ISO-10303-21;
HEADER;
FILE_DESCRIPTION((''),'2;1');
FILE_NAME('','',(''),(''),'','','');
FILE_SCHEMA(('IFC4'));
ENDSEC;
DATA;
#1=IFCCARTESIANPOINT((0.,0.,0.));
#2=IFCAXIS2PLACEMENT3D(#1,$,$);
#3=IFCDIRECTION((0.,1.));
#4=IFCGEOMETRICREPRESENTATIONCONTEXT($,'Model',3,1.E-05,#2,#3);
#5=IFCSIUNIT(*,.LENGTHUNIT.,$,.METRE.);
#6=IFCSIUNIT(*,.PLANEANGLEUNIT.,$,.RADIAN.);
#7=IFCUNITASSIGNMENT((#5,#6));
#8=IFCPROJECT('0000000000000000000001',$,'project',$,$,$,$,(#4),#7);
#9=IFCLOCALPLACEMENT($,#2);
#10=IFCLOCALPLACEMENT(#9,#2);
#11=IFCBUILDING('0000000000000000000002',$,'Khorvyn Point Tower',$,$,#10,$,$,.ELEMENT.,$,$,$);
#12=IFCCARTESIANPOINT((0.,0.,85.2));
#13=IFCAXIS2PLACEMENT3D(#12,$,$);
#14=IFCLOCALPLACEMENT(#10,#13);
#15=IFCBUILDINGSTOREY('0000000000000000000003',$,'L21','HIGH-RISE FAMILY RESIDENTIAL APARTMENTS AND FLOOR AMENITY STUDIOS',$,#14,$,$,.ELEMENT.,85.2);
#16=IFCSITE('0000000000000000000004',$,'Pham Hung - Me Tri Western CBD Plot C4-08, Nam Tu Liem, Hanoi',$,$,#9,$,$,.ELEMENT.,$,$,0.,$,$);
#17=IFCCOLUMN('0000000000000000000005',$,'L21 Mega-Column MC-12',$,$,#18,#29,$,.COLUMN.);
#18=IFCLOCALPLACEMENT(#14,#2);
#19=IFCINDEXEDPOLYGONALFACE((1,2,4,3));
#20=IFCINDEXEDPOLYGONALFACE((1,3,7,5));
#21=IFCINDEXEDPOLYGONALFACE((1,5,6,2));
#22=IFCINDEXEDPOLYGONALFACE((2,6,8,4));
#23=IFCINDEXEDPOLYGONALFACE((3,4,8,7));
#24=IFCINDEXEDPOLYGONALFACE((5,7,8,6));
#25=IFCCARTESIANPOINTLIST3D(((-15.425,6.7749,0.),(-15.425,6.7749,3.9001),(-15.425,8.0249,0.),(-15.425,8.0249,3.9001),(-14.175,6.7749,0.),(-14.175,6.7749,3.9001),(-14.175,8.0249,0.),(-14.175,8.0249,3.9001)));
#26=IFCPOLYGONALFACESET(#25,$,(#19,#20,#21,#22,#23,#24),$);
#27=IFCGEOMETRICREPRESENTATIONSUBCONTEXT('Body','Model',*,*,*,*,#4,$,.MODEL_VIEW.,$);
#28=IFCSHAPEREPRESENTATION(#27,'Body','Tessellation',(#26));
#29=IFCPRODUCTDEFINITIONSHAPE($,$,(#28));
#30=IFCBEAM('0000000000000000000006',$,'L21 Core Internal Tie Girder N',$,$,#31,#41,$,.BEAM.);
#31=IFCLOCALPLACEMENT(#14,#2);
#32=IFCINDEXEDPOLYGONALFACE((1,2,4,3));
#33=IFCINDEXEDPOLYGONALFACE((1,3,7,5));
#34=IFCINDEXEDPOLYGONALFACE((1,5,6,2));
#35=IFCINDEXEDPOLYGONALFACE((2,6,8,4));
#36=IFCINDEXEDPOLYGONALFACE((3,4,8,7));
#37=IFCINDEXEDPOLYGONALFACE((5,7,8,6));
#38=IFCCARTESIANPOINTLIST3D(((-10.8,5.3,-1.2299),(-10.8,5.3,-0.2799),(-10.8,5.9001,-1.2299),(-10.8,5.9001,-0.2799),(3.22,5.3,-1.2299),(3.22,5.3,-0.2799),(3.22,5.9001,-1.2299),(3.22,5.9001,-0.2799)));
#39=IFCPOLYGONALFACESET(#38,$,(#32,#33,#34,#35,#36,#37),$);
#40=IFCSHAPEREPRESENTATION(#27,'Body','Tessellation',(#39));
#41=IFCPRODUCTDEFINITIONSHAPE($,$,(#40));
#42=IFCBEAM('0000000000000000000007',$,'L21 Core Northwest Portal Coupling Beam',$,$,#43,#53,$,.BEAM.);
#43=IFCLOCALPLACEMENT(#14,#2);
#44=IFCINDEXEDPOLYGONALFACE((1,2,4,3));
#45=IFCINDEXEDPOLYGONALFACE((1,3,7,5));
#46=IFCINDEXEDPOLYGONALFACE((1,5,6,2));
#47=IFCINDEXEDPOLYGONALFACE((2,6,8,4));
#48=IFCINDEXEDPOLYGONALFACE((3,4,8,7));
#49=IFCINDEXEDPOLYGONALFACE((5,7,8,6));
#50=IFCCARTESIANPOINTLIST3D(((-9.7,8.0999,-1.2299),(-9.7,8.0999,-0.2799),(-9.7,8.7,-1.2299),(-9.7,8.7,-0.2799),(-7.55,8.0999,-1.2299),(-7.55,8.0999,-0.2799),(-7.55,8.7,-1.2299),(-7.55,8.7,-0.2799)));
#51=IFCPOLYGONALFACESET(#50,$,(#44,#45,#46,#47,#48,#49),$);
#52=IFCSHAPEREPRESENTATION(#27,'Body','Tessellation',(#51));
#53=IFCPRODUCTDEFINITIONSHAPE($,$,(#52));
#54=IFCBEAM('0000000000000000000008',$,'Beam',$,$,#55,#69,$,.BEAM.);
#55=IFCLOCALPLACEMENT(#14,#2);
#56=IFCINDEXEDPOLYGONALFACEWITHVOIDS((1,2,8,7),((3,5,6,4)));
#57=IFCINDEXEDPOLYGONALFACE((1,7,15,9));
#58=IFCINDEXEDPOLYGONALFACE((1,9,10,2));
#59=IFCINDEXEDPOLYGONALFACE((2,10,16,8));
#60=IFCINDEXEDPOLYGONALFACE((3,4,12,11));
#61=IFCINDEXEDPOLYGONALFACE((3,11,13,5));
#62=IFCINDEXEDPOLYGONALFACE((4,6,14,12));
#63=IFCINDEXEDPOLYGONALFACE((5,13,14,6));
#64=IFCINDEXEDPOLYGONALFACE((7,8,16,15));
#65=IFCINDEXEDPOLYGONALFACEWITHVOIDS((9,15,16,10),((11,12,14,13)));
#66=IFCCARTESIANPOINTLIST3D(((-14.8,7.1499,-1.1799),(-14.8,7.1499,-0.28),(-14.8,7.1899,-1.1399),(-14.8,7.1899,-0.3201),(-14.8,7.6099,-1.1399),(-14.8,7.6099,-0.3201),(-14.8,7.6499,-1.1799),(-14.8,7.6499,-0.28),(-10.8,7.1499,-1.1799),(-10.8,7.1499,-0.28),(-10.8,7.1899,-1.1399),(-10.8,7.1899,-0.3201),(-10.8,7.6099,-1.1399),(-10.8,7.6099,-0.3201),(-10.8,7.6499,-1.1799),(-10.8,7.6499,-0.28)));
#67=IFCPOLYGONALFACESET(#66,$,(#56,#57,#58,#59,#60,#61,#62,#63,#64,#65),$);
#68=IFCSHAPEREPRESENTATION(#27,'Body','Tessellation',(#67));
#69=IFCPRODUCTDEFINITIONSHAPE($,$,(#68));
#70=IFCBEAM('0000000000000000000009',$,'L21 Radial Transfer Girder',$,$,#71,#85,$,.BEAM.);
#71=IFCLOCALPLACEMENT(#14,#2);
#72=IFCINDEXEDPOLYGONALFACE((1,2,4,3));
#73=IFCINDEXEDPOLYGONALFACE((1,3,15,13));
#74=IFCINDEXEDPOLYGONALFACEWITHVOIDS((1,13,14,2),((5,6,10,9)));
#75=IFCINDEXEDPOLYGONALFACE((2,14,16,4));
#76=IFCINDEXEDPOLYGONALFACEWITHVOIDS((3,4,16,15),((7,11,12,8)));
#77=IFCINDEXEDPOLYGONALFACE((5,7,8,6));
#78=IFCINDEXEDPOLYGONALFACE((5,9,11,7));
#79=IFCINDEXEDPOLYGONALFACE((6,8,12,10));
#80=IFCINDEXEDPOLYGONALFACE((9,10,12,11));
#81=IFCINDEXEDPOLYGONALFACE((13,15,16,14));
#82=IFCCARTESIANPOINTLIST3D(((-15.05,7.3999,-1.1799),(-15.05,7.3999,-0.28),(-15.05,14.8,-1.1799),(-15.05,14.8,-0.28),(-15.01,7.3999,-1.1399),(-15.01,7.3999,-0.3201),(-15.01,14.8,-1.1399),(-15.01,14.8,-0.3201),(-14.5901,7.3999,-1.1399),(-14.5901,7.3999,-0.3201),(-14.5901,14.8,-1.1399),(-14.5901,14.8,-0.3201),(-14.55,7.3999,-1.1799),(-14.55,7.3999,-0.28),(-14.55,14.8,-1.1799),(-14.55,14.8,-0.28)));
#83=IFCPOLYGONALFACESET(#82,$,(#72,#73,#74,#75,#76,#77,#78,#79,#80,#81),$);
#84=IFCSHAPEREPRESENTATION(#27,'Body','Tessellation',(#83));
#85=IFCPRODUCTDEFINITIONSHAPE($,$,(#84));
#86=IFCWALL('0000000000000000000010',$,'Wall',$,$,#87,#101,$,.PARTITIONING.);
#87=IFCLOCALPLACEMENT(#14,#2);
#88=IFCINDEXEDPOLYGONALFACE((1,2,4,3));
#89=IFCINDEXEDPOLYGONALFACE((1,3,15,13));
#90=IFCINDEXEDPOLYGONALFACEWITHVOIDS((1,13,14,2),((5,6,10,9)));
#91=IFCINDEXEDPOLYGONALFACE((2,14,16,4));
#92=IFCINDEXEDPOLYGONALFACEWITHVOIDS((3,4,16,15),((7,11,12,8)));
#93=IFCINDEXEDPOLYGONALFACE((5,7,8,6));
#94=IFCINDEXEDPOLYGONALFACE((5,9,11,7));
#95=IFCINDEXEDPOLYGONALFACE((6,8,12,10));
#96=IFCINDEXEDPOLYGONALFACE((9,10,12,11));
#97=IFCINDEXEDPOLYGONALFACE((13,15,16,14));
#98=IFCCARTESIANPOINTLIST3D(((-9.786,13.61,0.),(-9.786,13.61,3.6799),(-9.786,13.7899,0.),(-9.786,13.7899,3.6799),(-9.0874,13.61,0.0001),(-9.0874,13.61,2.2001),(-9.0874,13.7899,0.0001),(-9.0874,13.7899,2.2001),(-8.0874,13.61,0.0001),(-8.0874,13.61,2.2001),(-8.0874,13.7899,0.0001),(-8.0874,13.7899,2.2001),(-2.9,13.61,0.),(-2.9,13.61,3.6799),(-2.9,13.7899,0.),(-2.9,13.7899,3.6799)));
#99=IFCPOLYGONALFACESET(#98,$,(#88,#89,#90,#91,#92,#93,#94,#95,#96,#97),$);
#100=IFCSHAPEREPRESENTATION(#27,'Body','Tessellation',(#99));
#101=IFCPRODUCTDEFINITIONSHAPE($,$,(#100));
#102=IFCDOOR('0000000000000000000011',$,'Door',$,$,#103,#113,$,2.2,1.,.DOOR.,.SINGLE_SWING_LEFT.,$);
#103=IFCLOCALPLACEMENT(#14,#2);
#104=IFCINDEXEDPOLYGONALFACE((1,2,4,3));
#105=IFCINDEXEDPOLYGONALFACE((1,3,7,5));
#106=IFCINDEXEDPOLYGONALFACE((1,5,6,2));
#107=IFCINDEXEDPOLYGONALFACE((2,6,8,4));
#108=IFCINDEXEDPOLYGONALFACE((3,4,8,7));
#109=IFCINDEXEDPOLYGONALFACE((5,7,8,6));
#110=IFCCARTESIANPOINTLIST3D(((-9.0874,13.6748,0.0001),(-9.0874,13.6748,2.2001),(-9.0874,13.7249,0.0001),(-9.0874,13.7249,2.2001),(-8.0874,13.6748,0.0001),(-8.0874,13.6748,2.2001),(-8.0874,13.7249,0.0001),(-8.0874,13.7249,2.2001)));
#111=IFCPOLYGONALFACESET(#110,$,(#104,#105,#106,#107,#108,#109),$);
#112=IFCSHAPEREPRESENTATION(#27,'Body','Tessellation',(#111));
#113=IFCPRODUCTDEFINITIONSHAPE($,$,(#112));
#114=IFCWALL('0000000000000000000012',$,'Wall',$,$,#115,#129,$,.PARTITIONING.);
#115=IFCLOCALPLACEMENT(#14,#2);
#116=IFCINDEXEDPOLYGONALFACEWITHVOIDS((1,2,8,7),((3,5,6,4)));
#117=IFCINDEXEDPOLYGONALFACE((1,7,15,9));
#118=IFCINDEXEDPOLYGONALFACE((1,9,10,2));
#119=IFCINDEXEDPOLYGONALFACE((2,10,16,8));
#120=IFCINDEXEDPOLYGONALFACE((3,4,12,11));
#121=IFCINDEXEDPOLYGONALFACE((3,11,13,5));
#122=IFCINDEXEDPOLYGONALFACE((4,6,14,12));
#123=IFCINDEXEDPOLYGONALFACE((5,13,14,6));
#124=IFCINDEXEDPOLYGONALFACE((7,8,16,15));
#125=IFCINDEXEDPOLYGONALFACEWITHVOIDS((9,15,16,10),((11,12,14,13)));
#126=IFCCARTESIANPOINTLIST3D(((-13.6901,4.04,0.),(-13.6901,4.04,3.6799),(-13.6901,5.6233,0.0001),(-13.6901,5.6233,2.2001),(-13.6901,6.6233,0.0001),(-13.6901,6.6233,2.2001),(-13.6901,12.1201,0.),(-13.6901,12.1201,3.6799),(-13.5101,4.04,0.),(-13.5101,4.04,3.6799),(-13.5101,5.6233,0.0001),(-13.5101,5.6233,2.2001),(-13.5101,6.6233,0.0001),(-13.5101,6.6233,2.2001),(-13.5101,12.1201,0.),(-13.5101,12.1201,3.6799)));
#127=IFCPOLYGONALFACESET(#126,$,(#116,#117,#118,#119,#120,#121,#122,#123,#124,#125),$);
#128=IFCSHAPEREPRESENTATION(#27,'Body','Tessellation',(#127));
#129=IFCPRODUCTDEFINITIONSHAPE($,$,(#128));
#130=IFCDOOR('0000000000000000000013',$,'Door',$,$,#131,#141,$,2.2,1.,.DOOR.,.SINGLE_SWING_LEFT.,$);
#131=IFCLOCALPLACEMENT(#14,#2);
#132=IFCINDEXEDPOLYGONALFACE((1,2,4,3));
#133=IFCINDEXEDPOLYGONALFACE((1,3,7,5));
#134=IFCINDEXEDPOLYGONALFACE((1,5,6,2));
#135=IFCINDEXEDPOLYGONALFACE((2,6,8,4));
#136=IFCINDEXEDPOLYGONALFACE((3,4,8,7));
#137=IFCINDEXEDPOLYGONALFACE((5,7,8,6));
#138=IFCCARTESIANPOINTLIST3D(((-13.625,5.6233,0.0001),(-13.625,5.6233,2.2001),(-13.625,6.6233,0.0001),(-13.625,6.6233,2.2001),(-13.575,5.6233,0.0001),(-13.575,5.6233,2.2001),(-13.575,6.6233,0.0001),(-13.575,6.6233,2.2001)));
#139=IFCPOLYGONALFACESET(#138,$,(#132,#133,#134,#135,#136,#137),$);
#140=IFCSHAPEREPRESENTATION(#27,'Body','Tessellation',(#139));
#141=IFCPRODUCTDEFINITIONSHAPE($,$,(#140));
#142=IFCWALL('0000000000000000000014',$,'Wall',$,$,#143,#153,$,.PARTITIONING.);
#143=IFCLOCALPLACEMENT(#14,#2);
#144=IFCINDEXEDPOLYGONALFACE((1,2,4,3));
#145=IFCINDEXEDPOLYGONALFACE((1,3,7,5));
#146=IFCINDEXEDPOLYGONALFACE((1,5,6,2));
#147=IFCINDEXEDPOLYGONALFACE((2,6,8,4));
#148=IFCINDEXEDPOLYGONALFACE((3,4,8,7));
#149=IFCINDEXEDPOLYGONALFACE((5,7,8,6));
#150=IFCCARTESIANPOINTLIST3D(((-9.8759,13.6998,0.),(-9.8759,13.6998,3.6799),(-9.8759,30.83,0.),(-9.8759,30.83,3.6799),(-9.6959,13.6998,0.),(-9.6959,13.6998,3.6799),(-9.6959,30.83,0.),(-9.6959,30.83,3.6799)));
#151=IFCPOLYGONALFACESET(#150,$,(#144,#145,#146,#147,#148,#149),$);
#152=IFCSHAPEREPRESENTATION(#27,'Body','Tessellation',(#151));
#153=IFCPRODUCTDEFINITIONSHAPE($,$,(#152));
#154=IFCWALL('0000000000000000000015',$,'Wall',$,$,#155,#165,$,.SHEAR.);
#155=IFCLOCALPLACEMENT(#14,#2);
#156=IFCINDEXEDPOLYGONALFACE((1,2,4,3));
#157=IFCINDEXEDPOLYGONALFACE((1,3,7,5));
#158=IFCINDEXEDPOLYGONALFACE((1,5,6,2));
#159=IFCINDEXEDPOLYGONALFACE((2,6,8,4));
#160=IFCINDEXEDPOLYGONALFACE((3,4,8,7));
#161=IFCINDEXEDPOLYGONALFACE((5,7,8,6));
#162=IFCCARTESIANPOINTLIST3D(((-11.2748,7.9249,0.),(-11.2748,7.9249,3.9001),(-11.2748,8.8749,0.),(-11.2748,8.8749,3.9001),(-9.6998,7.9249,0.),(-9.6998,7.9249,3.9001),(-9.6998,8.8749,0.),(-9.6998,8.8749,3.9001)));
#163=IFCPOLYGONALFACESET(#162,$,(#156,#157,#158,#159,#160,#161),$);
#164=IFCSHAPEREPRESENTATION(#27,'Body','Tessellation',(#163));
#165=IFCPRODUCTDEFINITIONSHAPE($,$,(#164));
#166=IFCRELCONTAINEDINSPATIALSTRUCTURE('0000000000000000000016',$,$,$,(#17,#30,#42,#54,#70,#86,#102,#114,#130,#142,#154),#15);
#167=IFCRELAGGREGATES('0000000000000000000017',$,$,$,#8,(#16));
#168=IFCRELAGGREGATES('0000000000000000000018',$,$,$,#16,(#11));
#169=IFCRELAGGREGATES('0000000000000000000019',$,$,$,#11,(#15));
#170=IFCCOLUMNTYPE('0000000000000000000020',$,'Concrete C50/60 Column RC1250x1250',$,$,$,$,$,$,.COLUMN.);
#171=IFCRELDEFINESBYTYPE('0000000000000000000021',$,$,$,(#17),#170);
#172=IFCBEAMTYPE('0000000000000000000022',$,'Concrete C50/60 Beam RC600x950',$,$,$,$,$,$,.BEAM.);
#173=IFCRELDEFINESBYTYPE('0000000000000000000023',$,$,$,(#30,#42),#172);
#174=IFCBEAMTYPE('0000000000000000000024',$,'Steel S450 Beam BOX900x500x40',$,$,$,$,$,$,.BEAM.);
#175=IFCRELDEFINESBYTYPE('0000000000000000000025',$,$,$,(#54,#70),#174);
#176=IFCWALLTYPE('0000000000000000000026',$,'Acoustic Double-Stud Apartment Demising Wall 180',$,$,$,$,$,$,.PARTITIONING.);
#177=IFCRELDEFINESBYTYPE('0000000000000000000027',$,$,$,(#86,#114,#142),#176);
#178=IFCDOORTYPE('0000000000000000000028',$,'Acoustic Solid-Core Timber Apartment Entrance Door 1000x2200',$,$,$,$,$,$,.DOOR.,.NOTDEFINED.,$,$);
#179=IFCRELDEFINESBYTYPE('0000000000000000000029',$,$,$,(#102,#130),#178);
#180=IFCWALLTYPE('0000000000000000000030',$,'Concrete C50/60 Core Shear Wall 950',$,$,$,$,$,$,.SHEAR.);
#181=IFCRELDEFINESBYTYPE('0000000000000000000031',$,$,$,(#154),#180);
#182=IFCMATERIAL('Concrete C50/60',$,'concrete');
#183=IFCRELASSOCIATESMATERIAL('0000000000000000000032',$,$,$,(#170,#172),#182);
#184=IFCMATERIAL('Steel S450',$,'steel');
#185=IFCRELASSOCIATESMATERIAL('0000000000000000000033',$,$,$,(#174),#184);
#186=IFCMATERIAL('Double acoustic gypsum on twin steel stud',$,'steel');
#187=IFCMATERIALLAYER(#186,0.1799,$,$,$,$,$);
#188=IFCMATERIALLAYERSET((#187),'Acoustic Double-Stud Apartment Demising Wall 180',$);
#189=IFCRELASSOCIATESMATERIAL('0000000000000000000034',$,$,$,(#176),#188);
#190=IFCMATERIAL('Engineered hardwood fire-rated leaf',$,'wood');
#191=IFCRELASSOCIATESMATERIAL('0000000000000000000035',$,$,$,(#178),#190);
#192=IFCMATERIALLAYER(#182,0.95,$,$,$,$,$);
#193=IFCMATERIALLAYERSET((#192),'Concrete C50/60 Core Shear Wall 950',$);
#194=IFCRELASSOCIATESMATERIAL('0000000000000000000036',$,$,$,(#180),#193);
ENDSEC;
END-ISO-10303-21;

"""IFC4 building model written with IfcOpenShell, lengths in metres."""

from ifc_helpers import new_model, si_unit, direction, frame, frame_2d, origin, origin_2d, place, context, subcontext, project, spatial, rectangle, hollow_rectangle, extrude, material, layer, layer_set, material_profile, profile_set, type_object, element, fill, save


model = new_model("IFC4")

# Units and contexts
model_context = context("Model", 3, precision=1e-05, world=origin(), true_north=direction((0.0, 1.0)))
body_context = subcontext(model_context, "Body", "Model", "MODEL_VIEW")
ifc_project = project(units=[si_unit("LENGTHUNIT", "METRE"), si_unit("PLANEANGLEUNIT", "RADIAN")], contexts=[model_context])

# Site, building, storey
site_placement = place(None, origin())
site = spatial("IfcSite", under=ifc_project, at=site_placement, Name="Pham Hung - Me Tri Western CBD Plot C4-08, Nam Tu Liem, Hanoi", CompositionType="ELEMENT", RefElevation=0.0)
building_placement = place(site_placement, origin())
building = spatial("IfcBuilding", under=site, at=building_placement, Name="Khorvyn Point Tower", CompositionType="ELEMENT")
storey_placement = place(building_placement, frame((0.0, 0.0, 85.2)))
storey = spatial("IfcBuildingStorey", under=building, at=storey_placement, Name="L21", Description="HIGH-RISE FAMILY RESIDENTIAL APARTMENTS AND FLOOR AMENITY STUDIOS", CompositionType="ELEMENT", Elevation=85.2)

# Column
ifc_material_1 = material(Name="Concrete C50/60", Category="concrete")
ifc_material_profile_1 = material_profile(ifc_material_1, rectangle(XDim=1.25, YDim=1.25, at=origin_2d()))
ifc_profile_set_1 = profile_set([ifc_material_profile_1], Name="Concrete C50/60 RC1250x1250")
column_type = type_object("IfcColumnType", Name="Concrete C50/60 Column RC1250x1250", PredefinedType="COLUMN", material=ifc_profile_set_1)
column_placement = place(storey_placement, frame((-14.8, 7.3999, 0.0), z_axis=(0.0, 0.0, 1.0), x_axis=(1.0, 0.0, 0.0)))
element("IfcColumn", 1, at=column_placement, inside=storey, type_object=column_type, Name="L21 Mega-Column MC-12", PredefinedType="COLUMN", context=body_context, shape_type="SweptSolid", body=[
    extrude(rectangle(XDim=1.25, YDim=1.25, at=origin_2d()), origin(), (0.0, 0.0, 1.0), 3.9001),
])

# Beams
ifc_material_profile_2 = material_profile(ifc_material_1, rectangle(XDim=0.6001, YDim=0.95, at=origin_2d()))
ifc_profile_set_2 = profile_set([ifc_material_profile_2], Name="Concrete C50/60 RC600x950")
beam_type_1 = type_object("IfcBeamType", Name="Concrete C50/60 Beam RC600x950", PredefinedType="BEAM", material=ifc_profile_set_2)
beam_1_placement = place(storey_placement, frame((-10.8, 5.6001, -0.7549), z_axis=(1.0, 0.0, 0.0), x_axis=(0.0, 1.0, 0.0)))
element("IfcBeam", 2, at=beam_1_placement, inside=storey, type_object=beam_type_1, Name="L21 Core Internal Tie Girder N", PredefinedType="BEAM", context=body_context, shape_type="SweptSolid", body=[
    extrude(rectangle(XDim=0.6001, YDim=0.95, at=origin_2d()), origin(), (0.0, 0.0, 1.0), 14.02),
])
beam_2_placement = place(storey_placement, frame((-9.7, 8.3999, -0.7549), z_axis=(1.0, 0.0, 0.0), x_axis=(0.0, 1.0, 0.0)))
element("IfcBeam", 3, at=beam_2_placement, inside=storey, type_object=beam_type_1, Name="L21 Core Northwest Portal Coupling Beam", PredefinedType="BEAM", context=body_context, shape_type="SweptSolid", body=[
    extrude(rectangle(XDim=0.6001, YDim=0.95, at=origin_2d()), origin(), (0.0, 0.0, 1.0), 2.1499),
])
ifc_material_2 = material(Name="Steel S450", Category="steel")
ifc_material_profile_3 = material_profile(ifc_material_2, hollow_rectangle(XDim=0.5, YDim=0.8999, WallThickness=0.04, at=origin_2d()))
ifc_profile_set_3 = profile_set([ifc_material_profile_3], Name="Steel S450 BOX900x500x40")
beam_type_2 = type_object("IfcBeamType", Name="Steel S450 Beam BOX900x500x40", PredefinedType="BEAM", material=ifc_profile_set_3)
beam_3_placement = place(storey_placement, frame((-14.8, 7.3999, -0.73), z_axis=(1.0, 0.0, 0.0), x_axis=(0.0, 1.0, 0.0)))
element("IfcBeam", 4, at=beam_3_placement, inside=storey, type_object=beam_type_2, Name="Beam", PredefinedType="BEAM", context=body_context, shape_type="SweptSolid", body=[
    extrude(hollow_rectangle(XDim=0.5, YDim=0.8999, WallThickness=0.04, at=origin_2d()), origin(), (0.0, 0.0, 1.0), 4.0),
])
beam_4_placement = place(storey_placement, frame((-14.8, 7.3999, -0.73), z_axis=(0.0, 1.0, 0.0), x_axis=(-1.0, 0.0, 0.0)))
element("IfcBeam", 5, at=beam_4_placement, inside=storey, type_object=beam_type_2, Name="L21 Radial Transfer Girder", PredefinedType="BEAM", context=body_context, shape_type="SweptSolid", body=[
    extrude(hollow_rectangle(XDim=0.5, YDim=0.8999, WallThickness=0.04, at=origin_2d()), origin(), (0.0, 0.0, 1.0), 7.4001),
])

# Walls, openings, doors
ifc_material_3 = material(Name="Double acoustic gypsum on twin steel stud", Category="steel")
ifc_layer_1 = layer(ifc_material_3, 0.1799)
ifc_layer_set_1 = layer_set([ifc_layer_1], Name="Acoustic Double-Stud Apartment Demising Wall 180")
wall_type_1 = type_object("IfcWallType", Name="Acoustic Double-Stud Apartment Demising Wall 180", PredefinedType="PARTITIONING", material=ifc_layer_set_1)
wall_1_placement = place(storey_placement, frame((-9.7859, 13.7, 0.0), z_axis=(0.0, 0.0, 1.0), x_axis=(1.0, 0.0, 0.0)))
wall_1 = element("IfcWall", 6, at=wall_1_placement, inside=storey, type_object=wall_type_1, Name="Wall", PredefinedType="PARTITIONING", context=body_context, shape_type="SweptSolid", body=[
    extrude(rectangle(XDim=6.886, YDim=0.1799, at=frame_2d((3.4429, 0.0))), origin(), (0.0, 0.0, 1.0), 3.6799),
])
opening_1_placement = place(wall_1_placement, frame((0.6985, 0.0, 0.0)))
opening_1 = element("IfcOpeningElement", 7, at=opening_1_placement, cuts=wall_1, PredefinedType="OPENING", context=body_context, shape_type="SweptSolid", body=[
    extrude(rectangle(XDim=1.0, YDim=2.2, at=frame_2d((0.5, 1.1001))), frame((0.0, 0.0999, 0.0), z_axis=(0.0, -1.0, 0.0), x_axis=(1.0, 0.0, 0.0)), (0.0, 0.0, 1.0), 0.2),
])
ifc_material_4 = material(Name="Engineered hardwood fire-rated leaf", Category="wood")
door_type_1 = type_object("IfcDoorType", Name="Acoustic Solid-Core Timber Apartment Entrance Door 1000x2200", OperationType="NOTDEFINED", PredefinedType="DOOR", material=ifc_material_4)
door_1_placement = place(opening_1_placement, origin())
door_1 = element("IfcDoor", 8, at=door_1_placement, inside=storey, type_object=door_type_1, Name="Door", OperationType="SINGLE_SWING_LEFT", OverallHeight=2.2, OverallWidth=1.0, PredefinedType="DOOR", context=body_context, shape_type="SweptSolid", body=[
    extrude(rectangle(XDim=1.0, YDim=2.2, at=frame_2d((0.5, 1.1001))), frame((0.0, 0.0249, 0.0), z_axis=(0.0, -1.0, 0.0), x_axis=(1.0, 0.0, 0.0)), (0.0, 0.0, 1.0), 0.05),
])
fill(opening_1, door_1)
wall_2_placement = place(storey_placement, frame((-13.6001, 4.04, 0.0), z_axis=(0.0, 0.0, 1.0), x_axis=(0.0, 1.0, 0.0)))
wall_2 = element("IfcWall", 9, at=wall_2_placement, inside=storey, type_object=wall_type_1, Name="Wall", PredefinedType="PARTITIONING", context=body_context, shape_type="SweptSolid", body=[
    extrude(rectangle(XDim=8.0801, YDim=0.1799, at=frame_2d((4.04, 0.0))), origin(), (0.0, 0.0, 1.0), 3.6799),
])
opening_2_placement = place(wall_2_placement, frame((1.5833, 0.0, 0.0)))
opening_2 = element("IfcOpeningElement", 10, at=opening_2_placement, cuts=wall_2, PredefinedType="OPENING", context=body_context, shape_type="SweptSolid", body=[
    extrude(rectangle(XDim=1.0, YDim=2.2, at=frame_2d((0.5, 1.1001))), frame((0.0, 0.0999, 0.0), z_axis=(0.0, -1.0, 0.0), x_axis=(1.0, 0.0, 0.0)), (0.0, 0.0, 1.0), 0.2),
])
door_2_placement = place(opening_2_placement, origin())
door_2 = element("IfcDoor", 11, at=door_2_placement, inside=storey, type_object=door_type_1, Name="Door", OperationType="SINGLE_SWING_LEFT", OverallHeight=2.2, OverallWidth=1.0, PredefinedType="DOOR", context=body_context, shape_type="SweptSolid", body=[
    extrude(rectangle(XDim=1.0, YDim=2.2, at=frame_2d((0.5, 1.1001))), frame((0.0, 0.0249, 0.0), z_axis=(0.0, -1.0, 0.0), x_axis=(1.0, 0.0, 0.0)), (0.0, 0.0, 1.0), 0.05),
])
fill(opening_2, door_2)

# Wall
wall_3_placement = place(storey_placement, frame((-9.7859, 13.7, 0.0), z_axis=(0.0, 0.0, 1.0), x_axis=(0.0, 1.0, 0.0)))
element("IfcWall", 12, at=wall_3_placement, inside=storey, type_object=wall_type_1, Name="Wall", PredefinedType="PARTITIONING", context=body_context, shape_type="SweptSolid", body=[
    extrude(rectangle(XDim=17.1301, YDim=0.1799, at=frame_2d((8.5649, 0.0))), origin(), (0.0, 0.0, 1.0), 3.6799),
])

# Wall
ifc_layer_2 = layer(ifc_material_1, 0.95)
ifc_layer_set_2 = layer_set([ifc_layer_2], Name="Concrete C50/60 Core Shear Wall 950")
wall_type_2 = type_object("IfcWallType", Name="Concrete C50/60 Core Shear Wall 950", PredefinedType="SHEAR", material=ifc_layer_set_2)
wall_4_placement = place(storey_placement, frame((-11.2749, 8.3999, 0.0), z_axis=(0.0, 0.0, 1.0), x_axis=(1.0, 0.0, 0.0)))
element("IfcWall", 13, at=wall_4_placement, inside=storey, type_object=wall_type_2, Name="Wall", PredefinedType="SHEAR", context=body_context, shape_type="SweptSolid", body=[
    extrude(rectangle(XDim=1.575, YDim=0.95, at=frame_2d((0.7876, 0.0))), origin(), (0.0, 0.0, 1.0), 3.9001),
])

save(model, "model.ifc")
